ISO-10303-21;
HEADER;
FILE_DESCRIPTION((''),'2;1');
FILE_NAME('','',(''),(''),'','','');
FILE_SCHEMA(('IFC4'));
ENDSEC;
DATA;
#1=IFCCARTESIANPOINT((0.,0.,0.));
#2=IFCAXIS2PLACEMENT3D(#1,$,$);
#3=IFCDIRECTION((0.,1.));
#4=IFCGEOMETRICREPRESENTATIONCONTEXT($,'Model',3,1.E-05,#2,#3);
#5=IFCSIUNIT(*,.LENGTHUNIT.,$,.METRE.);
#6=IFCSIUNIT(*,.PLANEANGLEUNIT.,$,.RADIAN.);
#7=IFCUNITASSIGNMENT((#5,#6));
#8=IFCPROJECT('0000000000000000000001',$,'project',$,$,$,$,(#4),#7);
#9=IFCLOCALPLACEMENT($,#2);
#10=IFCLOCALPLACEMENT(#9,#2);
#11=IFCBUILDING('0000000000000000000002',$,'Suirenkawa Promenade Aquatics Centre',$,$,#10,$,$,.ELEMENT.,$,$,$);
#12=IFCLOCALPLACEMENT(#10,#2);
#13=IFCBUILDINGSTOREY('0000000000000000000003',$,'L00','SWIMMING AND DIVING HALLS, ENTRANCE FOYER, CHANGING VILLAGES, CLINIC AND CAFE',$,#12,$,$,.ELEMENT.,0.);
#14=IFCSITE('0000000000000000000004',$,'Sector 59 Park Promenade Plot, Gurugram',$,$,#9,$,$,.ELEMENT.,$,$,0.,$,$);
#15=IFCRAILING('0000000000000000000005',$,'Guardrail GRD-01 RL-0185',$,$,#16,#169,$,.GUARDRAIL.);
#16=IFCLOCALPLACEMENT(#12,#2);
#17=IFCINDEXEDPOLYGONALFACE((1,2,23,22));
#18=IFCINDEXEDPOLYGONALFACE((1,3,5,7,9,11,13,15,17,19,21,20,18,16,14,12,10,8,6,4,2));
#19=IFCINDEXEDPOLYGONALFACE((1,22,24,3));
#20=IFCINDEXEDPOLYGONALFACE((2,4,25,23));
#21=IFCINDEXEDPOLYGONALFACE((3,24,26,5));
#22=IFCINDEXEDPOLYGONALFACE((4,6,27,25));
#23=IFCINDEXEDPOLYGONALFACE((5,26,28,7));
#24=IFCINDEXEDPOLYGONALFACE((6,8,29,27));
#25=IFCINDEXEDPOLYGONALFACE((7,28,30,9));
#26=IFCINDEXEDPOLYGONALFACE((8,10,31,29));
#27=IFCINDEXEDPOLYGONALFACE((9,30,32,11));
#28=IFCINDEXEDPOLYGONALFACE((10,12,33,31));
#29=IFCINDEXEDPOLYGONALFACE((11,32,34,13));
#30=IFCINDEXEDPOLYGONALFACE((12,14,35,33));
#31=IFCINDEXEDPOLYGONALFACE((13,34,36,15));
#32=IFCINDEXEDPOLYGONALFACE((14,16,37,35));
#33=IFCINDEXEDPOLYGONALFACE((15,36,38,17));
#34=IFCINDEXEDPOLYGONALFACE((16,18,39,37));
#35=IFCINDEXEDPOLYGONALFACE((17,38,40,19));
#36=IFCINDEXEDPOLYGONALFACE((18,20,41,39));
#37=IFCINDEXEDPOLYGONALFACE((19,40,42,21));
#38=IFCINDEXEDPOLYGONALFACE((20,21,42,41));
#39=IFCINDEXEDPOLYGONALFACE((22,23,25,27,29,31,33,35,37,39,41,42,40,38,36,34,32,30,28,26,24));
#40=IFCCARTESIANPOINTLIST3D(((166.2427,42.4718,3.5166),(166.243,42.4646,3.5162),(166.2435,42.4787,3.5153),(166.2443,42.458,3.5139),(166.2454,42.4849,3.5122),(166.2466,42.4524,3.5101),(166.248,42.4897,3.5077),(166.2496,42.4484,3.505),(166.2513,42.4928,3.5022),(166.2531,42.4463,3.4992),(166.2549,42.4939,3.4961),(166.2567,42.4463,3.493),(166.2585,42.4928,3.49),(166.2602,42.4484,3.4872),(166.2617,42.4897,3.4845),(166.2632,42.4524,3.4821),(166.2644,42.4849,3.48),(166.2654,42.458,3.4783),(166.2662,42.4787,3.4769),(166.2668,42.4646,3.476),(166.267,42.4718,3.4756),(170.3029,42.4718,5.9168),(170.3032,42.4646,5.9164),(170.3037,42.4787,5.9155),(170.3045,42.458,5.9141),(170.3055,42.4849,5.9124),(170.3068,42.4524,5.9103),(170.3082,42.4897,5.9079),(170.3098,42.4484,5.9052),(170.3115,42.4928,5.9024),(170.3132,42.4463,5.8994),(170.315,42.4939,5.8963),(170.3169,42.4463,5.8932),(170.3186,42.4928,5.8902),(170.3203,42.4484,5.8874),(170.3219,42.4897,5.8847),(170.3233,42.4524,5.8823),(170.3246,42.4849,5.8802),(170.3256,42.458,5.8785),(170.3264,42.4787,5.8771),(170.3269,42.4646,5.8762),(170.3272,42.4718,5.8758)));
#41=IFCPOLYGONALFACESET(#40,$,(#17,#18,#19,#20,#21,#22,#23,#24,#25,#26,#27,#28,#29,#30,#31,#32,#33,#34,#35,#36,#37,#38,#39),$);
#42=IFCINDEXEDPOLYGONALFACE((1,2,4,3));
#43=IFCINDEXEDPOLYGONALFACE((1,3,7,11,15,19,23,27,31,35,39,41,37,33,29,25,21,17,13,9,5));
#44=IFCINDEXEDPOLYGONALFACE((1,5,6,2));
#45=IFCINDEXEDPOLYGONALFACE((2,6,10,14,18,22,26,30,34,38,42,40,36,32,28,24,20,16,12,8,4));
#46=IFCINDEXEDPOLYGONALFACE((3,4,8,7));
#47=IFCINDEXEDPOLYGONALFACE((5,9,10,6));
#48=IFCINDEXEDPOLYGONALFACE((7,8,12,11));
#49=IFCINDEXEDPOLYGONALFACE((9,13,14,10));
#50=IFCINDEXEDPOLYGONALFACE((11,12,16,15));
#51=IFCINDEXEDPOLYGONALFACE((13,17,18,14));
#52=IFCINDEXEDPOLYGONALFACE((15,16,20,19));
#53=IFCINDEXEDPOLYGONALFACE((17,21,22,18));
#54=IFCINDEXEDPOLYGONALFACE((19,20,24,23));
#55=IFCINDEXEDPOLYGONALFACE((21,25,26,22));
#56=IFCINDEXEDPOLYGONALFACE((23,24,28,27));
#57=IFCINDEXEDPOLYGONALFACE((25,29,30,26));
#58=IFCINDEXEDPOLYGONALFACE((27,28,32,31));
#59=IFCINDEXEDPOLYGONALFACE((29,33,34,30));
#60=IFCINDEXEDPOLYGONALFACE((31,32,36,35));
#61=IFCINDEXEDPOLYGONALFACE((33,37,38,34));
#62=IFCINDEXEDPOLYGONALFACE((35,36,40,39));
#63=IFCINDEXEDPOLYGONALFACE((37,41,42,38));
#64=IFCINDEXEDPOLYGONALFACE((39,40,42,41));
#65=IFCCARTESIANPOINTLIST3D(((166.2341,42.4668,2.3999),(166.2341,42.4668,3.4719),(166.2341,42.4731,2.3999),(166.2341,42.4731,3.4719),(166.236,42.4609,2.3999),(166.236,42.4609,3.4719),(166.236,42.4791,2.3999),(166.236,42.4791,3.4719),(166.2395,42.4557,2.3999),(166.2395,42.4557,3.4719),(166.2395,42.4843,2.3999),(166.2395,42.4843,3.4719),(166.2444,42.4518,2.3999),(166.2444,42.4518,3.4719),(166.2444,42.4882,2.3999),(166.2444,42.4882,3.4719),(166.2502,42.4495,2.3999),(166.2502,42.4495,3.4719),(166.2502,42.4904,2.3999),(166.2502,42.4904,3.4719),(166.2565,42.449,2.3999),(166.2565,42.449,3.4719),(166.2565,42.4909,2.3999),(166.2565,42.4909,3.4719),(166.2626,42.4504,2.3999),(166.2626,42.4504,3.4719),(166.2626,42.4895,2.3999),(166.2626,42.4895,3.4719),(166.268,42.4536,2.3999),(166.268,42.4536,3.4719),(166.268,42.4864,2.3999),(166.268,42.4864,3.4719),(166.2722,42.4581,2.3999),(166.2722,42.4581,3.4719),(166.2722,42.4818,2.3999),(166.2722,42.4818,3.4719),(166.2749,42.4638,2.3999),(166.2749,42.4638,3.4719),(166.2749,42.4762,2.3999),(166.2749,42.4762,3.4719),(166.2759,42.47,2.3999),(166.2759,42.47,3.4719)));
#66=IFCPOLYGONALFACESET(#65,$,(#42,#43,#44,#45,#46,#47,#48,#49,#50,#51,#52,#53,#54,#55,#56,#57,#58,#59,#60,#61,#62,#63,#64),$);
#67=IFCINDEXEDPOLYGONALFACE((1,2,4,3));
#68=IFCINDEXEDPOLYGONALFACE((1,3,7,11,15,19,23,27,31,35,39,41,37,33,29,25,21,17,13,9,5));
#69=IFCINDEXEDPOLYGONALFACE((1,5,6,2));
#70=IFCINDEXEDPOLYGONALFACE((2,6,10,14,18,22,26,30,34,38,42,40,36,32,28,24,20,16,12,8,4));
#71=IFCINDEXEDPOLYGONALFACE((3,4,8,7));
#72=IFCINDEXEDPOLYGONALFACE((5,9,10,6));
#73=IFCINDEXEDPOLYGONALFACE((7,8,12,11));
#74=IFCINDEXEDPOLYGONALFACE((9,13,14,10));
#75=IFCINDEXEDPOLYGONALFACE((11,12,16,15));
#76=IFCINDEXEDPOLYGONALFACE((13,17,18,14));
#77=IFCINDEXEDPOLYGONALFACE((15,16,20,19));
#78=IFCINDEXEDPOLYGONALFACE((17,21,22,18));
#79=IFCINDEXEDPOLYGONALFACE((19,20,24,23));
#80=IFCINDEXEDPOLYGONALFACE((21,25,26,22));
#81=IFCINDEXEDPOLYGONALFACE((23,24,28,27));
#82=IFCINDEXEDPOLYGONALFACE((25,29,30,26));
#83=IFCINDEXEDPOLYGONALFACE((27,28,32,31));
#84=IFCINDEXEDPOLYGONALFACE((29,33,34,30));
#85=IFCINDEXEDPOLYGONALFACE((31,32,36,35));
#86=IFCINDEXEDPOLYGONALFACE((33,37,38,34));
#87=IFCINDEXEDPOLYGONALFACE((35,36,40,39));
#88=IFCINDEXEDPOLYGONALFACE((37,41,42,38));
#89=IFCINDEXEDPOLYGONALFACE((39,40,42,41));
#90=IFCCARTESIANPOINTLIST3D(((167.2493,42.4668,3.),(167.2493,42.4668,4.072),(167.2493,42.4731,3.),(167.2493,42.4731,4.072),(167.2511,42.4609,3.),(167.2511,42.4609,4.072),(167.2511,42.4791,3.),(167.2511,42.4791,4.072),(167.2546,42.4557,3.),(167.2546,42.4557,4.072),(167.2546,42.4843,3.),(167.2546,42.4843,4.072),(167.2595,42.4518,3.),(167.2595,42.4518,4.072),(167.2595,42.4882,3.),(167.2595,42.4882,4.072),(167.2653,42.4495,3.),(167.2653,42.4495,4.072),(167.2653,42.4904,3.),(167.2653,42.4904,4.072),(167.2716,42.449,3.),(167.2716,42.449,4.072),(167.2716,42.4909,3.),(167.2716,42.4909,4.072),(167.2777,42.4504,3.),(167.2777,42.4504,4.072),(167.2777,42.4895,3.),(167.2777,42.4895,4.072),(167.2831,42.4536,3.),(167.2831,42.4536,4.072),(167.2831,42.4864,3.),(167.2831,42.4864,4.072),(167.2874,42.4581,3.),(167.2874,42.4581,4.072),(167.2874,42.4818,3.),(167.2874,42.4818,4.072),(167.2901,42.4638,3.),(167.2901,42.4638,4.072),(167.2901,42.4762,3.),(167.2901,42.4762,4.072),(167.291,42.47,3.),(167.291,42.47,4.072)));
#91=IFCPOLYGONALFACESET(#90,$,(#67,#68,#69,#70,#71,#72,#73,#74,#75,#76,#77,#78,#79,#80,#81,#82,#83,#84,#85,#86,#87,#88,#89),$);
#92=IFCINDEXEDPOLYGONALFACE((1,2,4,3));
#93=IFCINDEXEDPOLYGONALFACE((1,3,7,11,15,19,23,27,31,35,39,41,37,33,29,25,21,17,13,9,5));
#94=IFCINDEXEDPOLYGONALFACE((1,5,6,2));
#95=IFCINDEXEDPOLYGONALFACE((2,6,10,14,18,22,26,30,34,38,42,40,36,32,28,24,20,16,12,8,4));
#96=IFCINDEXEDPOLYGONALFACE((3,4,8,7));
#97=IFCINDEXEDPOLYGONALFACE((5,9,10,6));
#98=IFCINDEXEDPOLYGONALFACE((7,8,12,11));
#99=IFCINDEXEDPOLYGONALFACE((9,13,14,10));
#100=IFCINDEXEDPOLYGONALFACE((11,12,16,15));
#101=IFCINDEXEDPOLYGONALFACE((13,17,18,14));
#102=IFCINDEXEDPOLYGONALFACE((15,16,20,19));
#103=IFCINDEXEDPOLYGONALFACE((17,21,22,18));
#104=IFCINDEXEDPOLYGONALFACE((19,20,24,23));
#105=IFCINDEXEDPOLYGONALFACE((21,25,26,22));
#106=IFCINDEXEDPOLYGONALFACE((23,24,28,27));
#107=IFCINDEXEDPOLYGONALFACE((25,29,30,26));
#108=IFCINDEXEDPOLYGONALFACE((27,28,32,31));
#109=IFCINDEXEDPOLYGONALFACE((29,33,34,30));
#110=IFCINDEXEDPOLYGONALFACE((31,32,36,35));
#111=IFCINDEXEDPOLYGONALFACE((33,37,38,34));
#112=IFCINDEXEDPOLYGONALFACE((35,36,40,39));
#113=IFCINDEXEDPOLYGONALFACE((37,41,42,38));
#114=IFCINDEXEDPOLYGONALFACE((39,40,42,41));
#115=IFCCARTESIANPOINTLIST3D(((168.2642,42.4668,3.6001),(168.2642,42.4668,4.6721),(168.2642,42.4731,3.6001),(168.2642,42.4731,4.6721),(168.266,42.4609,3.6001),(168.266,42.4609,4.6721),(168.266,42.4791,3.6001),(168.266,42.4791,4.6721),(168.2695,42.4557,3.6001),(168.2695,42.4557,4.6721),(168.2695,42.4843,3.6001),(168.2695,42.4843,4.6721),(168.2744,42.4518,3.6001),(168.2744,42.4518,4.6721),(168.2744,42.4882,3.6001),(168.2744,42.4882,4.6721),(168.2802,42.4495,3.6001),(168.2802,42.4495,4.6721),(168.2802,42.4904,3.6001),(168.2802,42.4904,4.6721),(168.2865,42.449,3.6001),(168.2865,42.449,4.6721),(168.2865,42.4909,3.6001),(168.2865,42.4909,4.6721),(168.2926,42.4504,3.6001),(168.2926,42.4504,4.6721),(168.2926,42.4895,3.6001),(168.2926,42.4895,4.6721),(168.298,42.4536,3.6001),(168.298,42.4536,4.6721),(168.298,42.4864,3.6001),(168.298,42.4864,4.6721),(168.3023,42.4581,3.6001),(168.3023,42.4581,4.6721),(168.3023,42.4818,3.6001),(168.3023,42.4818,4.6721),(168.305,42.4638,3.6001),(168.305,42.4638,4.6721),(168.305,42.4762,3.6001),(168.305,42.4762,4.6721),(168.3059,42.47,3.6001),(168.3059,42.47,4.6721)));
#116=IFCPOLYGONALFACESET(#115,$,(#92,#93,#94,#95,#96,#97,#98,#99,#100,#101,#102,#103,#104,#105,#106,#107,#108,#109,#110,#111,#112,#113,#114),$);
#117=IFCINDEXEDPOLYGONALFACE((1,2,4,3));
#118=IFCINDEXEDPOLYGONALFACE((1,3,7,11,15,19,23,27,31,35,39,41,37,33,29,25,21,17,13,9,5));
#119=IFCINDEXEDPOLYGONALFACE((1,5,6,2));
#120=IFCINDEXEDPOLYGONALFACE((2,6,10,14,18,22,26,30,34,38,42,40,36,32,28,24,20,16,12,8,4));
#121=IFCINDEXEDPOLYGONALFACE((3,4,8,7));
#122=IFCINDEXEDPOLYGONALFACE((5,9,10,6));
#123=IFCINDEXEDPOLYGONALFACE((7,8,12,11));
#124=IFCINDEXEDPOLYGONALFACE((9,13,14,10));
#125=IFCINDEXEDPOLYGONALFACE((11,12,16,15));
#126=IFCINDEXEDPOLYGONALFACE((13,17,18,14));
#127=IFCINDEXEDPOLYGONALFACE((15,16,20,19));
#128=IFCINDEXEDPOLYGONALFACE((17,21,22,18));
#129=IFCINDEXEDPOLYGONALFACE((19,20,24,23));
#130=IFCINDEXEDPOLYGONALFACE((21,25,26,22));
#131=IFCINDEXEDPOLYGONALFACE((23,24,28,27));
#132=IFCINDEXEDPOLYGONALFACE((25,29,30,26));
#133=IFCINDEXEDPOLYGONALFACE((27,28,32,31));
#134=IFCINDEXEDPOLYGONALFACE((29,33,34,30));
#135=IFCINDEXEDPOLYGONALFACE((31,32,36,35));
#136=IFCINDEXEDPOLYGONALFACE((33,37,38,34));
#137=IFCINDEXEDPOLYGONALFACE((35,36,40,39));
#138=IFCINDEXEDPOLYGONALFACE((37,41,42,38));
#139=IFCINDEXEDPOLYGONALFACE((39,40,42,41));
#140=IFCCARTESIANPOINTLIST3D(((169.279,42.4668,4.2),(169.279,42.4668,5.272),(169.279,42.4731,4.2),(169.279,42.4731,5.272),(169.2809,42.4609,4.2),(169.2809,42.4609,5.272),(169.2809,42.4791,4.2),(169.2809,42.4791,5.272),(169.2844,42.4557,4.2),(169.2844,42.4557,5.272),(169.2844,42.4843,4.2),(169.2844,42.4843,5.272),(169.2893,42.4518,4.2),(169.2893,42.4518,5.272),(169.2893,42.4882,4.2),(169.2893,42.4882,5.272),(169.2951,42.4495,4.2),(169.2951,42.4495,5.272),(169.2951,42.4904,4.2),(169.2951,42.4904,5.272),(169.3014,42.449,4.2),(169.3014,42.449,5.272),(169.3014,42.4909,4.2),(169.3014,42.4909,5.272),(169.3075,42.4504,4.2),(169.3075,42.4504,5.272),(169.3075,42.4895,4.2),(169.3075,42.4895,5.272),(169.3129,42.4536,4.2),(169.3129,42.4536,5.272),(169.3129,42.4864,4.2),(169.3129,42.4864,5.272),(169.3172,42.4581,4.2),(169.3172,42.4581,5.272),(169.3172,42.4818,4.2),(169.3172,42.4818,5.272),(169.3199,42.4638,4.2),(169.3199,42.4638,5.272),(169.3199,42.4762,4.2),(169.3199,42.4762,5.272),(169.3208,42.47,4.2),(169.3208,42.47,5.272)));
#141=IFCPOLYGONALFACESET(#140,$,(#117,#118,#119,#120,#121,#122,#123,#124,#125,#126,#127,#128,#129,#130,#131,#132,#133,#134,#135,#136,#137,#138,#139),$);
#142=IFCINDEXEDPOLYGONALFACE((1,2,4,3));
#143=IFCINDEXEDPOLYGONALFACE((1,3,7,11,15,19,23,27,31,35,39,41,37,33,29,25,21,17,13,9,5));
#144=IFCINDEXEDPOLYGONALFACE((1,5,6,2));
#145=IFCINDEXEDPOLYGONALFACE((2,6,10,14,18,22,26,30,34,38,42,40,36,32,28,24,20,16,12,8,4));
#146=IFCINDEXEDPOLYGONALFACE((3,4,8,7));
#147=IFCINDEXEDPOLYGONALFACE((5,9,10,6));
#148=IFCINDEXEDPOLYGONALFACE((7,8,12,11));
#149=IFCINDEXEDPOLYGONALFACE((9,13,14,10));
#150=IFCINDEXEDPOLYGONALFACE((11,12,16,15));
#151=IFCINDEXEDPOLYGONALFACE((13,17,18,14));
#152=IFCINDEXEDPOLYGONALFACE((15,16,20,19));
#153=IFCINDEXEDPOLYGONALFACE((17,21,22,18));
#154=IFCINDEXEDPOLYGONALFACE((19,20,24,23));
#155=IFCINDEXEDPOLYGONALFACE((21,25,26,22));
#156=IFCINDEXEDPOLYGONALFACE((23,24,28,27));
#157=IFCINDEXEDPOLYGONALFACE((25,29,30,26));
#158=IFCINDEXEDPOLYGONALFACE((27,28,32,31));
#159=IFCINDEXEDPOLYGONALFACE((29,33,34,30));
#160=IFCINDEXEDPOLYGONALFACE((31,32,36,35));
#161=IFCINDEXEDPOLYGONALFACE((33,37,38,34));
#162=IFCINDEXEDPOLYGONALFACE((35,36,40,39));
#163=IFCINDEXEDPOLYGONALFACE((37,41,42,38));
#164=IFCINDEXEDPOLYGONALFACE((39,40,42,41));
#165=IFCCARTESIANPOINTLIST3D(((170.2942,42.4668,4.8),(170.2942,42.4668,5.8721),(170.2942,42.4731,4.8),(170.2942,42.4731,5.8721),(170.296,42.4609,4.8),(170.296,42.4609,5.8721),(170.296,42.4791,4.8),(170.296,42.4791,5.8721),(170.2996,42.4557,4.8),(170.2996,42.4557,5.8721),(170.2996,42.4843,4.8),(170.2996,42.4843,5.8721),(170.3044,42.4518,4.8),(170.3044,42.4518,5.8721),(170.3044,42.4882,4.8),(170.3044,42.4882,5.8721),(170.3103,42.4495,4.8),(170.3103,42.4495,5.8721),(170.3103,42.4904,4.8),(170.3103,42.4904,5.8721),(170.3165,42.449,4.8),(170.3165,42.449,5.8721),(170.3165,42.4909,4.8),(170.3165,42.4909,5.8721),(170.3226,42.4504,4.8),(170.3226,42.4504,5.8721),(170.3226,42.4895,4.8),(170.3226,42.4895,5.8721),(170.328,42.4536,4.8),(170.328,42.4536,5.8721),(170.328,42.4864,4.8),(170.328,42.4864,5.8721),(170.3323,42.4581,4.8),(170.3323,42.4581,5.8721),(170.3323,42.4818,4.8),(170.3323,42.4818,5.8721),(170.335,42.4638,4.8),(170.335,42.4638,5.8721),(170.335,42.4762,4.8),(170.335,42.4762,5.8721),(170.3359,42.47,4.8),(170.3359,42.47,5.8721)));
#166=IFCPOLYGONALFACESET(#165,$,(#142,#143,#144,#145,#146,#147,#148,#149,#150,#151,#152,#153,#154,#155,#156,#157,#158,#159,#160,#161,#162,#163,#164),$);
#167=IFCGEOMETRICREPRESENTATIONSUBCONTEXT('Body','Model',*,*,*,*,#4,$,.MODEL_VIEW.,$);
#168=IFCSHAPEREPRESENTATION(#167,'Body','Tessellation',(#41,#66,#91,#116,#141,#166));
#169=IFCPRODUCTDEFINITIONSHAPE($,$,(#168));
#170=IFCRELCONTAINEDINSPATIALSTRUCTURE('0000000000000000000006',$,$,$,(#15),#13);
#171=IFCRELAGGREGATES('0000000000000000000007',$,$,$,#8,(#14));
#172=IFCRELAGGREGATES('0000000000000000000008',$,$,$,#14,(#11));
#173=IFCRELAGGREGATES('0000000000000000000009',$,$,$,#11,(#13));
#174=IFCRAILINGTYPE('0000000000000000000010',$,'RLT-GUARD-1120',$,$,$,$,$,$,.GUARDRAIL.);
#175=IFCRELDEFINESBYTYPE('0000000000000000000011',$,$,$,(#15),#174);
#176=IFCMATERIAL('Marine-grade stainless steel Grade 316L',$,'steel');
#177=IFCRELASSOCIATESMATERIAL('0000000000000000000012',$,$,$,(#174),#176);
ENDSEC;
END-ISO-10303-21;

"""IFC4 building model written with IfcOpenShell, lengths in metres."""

from ifc_helpers import new_model, si_unit, direction, frame, origin, origin_2d, place, context, subcontext, project, spatial, circle, extrude, material, type_object, element, save


model = new_model("IFC4")

# Units and contexts
model_context = context("Model", 3, precision=1e-05, world=origin(), true_north=direction((0.0, 1.0)))
body_context = subcontext(model_context, "Body", "Model", "MODEL_VIEW")
ifc_project = project(units=[si_unit("LENGTHUNIT", "METRE"), si_unit("PLANEANGLEUNIT", "RADIAN")], contexts=[model_context])

# Site, building, storey
site_placement = place(None, origin())
site = spatial("IfcSite", under=ifc_project, at=site_placement, Name="Sector 59 Park Promenade Plot, Gurugram", CompositionType="ELEMENT", RefElevation=0.0)
building_placement = place(site_placement, origin())
building = spatial("IfcBuilding", under=site, at=building_placement, Name="Suirenkawa Promenade Aquatics Centre", CompositionType="ELEMENT")
storey_placement = place(building_placement, origin())
storey = spatial("IfcBuildingStorey", under=building, at=storey_placement, Name="L00", Description="SWIMMING AND DIVING HALLS, ENTRANCE FOYER, CHANGING VILLAGES, CLINIC AND CAFE", CompositionType="ELEMENT", Elevation=0.0)

# Shared definitions
ifc_material_1 = material(Name="Marine-grade stainless steel Grade 316L", Category="steel")

# Railing
railing_type_1 = type_object("IfcRailingType", Name="RLT-GUARD-1120", PredefinedType="GUARDRAIL", material=ifc_material_1)
for number, where, name in (
    (1, (166.2549, 42.47, 2.3999), "Guardrail GRD-01 RL-0185"),
):
    element("IfcRailing", number, at=place(storey_placement, frame(where)), inside=storey, type_object=railing_type_1, Name=name, PredefinedType="GUARDRAIL", context=body_context, shape_type="SweptSolid", body=[
        extrude(circle(Radius=0.0239, at=origin_2d()), frame((0.0, 0.0, 1.0962), z_axis=(0.860832, 0.0, 0.50889), x_axis=(0.0, 1.0, 0.0)), (0.0, 0.0, 1.0), 4.7166),
        extrude(circle(Radius=0.021, at=origin_2d()), origin(), (0.0, 0.0, 1.0), 1.072),
        extrude(circle(Radius=0.021, at=origin_2d()), frame((1.0151, 0.0, 0.6001)), (0.0, 0.0, 1.0), 1.072),
        extrude(circle(Radius=0.021, at=origin_2d()), frame((2.03, 0.0, 1.2002)), (0.0, 0.0, 1.0), 1.072),
        extrude(circle(Radius=0.021, at=origin_2d()), frame((3.0449, 0.0, 1.8)), (0.0, 0.0, 1.0), 1.072),
        extrude(circle(Radius=0.021, at=origin_2d()), frame((4.0601, 0.0, 2.4001)), (0.0, 0.0, 1.0), 1.072),
    ])

save(model, "model.ifc")
